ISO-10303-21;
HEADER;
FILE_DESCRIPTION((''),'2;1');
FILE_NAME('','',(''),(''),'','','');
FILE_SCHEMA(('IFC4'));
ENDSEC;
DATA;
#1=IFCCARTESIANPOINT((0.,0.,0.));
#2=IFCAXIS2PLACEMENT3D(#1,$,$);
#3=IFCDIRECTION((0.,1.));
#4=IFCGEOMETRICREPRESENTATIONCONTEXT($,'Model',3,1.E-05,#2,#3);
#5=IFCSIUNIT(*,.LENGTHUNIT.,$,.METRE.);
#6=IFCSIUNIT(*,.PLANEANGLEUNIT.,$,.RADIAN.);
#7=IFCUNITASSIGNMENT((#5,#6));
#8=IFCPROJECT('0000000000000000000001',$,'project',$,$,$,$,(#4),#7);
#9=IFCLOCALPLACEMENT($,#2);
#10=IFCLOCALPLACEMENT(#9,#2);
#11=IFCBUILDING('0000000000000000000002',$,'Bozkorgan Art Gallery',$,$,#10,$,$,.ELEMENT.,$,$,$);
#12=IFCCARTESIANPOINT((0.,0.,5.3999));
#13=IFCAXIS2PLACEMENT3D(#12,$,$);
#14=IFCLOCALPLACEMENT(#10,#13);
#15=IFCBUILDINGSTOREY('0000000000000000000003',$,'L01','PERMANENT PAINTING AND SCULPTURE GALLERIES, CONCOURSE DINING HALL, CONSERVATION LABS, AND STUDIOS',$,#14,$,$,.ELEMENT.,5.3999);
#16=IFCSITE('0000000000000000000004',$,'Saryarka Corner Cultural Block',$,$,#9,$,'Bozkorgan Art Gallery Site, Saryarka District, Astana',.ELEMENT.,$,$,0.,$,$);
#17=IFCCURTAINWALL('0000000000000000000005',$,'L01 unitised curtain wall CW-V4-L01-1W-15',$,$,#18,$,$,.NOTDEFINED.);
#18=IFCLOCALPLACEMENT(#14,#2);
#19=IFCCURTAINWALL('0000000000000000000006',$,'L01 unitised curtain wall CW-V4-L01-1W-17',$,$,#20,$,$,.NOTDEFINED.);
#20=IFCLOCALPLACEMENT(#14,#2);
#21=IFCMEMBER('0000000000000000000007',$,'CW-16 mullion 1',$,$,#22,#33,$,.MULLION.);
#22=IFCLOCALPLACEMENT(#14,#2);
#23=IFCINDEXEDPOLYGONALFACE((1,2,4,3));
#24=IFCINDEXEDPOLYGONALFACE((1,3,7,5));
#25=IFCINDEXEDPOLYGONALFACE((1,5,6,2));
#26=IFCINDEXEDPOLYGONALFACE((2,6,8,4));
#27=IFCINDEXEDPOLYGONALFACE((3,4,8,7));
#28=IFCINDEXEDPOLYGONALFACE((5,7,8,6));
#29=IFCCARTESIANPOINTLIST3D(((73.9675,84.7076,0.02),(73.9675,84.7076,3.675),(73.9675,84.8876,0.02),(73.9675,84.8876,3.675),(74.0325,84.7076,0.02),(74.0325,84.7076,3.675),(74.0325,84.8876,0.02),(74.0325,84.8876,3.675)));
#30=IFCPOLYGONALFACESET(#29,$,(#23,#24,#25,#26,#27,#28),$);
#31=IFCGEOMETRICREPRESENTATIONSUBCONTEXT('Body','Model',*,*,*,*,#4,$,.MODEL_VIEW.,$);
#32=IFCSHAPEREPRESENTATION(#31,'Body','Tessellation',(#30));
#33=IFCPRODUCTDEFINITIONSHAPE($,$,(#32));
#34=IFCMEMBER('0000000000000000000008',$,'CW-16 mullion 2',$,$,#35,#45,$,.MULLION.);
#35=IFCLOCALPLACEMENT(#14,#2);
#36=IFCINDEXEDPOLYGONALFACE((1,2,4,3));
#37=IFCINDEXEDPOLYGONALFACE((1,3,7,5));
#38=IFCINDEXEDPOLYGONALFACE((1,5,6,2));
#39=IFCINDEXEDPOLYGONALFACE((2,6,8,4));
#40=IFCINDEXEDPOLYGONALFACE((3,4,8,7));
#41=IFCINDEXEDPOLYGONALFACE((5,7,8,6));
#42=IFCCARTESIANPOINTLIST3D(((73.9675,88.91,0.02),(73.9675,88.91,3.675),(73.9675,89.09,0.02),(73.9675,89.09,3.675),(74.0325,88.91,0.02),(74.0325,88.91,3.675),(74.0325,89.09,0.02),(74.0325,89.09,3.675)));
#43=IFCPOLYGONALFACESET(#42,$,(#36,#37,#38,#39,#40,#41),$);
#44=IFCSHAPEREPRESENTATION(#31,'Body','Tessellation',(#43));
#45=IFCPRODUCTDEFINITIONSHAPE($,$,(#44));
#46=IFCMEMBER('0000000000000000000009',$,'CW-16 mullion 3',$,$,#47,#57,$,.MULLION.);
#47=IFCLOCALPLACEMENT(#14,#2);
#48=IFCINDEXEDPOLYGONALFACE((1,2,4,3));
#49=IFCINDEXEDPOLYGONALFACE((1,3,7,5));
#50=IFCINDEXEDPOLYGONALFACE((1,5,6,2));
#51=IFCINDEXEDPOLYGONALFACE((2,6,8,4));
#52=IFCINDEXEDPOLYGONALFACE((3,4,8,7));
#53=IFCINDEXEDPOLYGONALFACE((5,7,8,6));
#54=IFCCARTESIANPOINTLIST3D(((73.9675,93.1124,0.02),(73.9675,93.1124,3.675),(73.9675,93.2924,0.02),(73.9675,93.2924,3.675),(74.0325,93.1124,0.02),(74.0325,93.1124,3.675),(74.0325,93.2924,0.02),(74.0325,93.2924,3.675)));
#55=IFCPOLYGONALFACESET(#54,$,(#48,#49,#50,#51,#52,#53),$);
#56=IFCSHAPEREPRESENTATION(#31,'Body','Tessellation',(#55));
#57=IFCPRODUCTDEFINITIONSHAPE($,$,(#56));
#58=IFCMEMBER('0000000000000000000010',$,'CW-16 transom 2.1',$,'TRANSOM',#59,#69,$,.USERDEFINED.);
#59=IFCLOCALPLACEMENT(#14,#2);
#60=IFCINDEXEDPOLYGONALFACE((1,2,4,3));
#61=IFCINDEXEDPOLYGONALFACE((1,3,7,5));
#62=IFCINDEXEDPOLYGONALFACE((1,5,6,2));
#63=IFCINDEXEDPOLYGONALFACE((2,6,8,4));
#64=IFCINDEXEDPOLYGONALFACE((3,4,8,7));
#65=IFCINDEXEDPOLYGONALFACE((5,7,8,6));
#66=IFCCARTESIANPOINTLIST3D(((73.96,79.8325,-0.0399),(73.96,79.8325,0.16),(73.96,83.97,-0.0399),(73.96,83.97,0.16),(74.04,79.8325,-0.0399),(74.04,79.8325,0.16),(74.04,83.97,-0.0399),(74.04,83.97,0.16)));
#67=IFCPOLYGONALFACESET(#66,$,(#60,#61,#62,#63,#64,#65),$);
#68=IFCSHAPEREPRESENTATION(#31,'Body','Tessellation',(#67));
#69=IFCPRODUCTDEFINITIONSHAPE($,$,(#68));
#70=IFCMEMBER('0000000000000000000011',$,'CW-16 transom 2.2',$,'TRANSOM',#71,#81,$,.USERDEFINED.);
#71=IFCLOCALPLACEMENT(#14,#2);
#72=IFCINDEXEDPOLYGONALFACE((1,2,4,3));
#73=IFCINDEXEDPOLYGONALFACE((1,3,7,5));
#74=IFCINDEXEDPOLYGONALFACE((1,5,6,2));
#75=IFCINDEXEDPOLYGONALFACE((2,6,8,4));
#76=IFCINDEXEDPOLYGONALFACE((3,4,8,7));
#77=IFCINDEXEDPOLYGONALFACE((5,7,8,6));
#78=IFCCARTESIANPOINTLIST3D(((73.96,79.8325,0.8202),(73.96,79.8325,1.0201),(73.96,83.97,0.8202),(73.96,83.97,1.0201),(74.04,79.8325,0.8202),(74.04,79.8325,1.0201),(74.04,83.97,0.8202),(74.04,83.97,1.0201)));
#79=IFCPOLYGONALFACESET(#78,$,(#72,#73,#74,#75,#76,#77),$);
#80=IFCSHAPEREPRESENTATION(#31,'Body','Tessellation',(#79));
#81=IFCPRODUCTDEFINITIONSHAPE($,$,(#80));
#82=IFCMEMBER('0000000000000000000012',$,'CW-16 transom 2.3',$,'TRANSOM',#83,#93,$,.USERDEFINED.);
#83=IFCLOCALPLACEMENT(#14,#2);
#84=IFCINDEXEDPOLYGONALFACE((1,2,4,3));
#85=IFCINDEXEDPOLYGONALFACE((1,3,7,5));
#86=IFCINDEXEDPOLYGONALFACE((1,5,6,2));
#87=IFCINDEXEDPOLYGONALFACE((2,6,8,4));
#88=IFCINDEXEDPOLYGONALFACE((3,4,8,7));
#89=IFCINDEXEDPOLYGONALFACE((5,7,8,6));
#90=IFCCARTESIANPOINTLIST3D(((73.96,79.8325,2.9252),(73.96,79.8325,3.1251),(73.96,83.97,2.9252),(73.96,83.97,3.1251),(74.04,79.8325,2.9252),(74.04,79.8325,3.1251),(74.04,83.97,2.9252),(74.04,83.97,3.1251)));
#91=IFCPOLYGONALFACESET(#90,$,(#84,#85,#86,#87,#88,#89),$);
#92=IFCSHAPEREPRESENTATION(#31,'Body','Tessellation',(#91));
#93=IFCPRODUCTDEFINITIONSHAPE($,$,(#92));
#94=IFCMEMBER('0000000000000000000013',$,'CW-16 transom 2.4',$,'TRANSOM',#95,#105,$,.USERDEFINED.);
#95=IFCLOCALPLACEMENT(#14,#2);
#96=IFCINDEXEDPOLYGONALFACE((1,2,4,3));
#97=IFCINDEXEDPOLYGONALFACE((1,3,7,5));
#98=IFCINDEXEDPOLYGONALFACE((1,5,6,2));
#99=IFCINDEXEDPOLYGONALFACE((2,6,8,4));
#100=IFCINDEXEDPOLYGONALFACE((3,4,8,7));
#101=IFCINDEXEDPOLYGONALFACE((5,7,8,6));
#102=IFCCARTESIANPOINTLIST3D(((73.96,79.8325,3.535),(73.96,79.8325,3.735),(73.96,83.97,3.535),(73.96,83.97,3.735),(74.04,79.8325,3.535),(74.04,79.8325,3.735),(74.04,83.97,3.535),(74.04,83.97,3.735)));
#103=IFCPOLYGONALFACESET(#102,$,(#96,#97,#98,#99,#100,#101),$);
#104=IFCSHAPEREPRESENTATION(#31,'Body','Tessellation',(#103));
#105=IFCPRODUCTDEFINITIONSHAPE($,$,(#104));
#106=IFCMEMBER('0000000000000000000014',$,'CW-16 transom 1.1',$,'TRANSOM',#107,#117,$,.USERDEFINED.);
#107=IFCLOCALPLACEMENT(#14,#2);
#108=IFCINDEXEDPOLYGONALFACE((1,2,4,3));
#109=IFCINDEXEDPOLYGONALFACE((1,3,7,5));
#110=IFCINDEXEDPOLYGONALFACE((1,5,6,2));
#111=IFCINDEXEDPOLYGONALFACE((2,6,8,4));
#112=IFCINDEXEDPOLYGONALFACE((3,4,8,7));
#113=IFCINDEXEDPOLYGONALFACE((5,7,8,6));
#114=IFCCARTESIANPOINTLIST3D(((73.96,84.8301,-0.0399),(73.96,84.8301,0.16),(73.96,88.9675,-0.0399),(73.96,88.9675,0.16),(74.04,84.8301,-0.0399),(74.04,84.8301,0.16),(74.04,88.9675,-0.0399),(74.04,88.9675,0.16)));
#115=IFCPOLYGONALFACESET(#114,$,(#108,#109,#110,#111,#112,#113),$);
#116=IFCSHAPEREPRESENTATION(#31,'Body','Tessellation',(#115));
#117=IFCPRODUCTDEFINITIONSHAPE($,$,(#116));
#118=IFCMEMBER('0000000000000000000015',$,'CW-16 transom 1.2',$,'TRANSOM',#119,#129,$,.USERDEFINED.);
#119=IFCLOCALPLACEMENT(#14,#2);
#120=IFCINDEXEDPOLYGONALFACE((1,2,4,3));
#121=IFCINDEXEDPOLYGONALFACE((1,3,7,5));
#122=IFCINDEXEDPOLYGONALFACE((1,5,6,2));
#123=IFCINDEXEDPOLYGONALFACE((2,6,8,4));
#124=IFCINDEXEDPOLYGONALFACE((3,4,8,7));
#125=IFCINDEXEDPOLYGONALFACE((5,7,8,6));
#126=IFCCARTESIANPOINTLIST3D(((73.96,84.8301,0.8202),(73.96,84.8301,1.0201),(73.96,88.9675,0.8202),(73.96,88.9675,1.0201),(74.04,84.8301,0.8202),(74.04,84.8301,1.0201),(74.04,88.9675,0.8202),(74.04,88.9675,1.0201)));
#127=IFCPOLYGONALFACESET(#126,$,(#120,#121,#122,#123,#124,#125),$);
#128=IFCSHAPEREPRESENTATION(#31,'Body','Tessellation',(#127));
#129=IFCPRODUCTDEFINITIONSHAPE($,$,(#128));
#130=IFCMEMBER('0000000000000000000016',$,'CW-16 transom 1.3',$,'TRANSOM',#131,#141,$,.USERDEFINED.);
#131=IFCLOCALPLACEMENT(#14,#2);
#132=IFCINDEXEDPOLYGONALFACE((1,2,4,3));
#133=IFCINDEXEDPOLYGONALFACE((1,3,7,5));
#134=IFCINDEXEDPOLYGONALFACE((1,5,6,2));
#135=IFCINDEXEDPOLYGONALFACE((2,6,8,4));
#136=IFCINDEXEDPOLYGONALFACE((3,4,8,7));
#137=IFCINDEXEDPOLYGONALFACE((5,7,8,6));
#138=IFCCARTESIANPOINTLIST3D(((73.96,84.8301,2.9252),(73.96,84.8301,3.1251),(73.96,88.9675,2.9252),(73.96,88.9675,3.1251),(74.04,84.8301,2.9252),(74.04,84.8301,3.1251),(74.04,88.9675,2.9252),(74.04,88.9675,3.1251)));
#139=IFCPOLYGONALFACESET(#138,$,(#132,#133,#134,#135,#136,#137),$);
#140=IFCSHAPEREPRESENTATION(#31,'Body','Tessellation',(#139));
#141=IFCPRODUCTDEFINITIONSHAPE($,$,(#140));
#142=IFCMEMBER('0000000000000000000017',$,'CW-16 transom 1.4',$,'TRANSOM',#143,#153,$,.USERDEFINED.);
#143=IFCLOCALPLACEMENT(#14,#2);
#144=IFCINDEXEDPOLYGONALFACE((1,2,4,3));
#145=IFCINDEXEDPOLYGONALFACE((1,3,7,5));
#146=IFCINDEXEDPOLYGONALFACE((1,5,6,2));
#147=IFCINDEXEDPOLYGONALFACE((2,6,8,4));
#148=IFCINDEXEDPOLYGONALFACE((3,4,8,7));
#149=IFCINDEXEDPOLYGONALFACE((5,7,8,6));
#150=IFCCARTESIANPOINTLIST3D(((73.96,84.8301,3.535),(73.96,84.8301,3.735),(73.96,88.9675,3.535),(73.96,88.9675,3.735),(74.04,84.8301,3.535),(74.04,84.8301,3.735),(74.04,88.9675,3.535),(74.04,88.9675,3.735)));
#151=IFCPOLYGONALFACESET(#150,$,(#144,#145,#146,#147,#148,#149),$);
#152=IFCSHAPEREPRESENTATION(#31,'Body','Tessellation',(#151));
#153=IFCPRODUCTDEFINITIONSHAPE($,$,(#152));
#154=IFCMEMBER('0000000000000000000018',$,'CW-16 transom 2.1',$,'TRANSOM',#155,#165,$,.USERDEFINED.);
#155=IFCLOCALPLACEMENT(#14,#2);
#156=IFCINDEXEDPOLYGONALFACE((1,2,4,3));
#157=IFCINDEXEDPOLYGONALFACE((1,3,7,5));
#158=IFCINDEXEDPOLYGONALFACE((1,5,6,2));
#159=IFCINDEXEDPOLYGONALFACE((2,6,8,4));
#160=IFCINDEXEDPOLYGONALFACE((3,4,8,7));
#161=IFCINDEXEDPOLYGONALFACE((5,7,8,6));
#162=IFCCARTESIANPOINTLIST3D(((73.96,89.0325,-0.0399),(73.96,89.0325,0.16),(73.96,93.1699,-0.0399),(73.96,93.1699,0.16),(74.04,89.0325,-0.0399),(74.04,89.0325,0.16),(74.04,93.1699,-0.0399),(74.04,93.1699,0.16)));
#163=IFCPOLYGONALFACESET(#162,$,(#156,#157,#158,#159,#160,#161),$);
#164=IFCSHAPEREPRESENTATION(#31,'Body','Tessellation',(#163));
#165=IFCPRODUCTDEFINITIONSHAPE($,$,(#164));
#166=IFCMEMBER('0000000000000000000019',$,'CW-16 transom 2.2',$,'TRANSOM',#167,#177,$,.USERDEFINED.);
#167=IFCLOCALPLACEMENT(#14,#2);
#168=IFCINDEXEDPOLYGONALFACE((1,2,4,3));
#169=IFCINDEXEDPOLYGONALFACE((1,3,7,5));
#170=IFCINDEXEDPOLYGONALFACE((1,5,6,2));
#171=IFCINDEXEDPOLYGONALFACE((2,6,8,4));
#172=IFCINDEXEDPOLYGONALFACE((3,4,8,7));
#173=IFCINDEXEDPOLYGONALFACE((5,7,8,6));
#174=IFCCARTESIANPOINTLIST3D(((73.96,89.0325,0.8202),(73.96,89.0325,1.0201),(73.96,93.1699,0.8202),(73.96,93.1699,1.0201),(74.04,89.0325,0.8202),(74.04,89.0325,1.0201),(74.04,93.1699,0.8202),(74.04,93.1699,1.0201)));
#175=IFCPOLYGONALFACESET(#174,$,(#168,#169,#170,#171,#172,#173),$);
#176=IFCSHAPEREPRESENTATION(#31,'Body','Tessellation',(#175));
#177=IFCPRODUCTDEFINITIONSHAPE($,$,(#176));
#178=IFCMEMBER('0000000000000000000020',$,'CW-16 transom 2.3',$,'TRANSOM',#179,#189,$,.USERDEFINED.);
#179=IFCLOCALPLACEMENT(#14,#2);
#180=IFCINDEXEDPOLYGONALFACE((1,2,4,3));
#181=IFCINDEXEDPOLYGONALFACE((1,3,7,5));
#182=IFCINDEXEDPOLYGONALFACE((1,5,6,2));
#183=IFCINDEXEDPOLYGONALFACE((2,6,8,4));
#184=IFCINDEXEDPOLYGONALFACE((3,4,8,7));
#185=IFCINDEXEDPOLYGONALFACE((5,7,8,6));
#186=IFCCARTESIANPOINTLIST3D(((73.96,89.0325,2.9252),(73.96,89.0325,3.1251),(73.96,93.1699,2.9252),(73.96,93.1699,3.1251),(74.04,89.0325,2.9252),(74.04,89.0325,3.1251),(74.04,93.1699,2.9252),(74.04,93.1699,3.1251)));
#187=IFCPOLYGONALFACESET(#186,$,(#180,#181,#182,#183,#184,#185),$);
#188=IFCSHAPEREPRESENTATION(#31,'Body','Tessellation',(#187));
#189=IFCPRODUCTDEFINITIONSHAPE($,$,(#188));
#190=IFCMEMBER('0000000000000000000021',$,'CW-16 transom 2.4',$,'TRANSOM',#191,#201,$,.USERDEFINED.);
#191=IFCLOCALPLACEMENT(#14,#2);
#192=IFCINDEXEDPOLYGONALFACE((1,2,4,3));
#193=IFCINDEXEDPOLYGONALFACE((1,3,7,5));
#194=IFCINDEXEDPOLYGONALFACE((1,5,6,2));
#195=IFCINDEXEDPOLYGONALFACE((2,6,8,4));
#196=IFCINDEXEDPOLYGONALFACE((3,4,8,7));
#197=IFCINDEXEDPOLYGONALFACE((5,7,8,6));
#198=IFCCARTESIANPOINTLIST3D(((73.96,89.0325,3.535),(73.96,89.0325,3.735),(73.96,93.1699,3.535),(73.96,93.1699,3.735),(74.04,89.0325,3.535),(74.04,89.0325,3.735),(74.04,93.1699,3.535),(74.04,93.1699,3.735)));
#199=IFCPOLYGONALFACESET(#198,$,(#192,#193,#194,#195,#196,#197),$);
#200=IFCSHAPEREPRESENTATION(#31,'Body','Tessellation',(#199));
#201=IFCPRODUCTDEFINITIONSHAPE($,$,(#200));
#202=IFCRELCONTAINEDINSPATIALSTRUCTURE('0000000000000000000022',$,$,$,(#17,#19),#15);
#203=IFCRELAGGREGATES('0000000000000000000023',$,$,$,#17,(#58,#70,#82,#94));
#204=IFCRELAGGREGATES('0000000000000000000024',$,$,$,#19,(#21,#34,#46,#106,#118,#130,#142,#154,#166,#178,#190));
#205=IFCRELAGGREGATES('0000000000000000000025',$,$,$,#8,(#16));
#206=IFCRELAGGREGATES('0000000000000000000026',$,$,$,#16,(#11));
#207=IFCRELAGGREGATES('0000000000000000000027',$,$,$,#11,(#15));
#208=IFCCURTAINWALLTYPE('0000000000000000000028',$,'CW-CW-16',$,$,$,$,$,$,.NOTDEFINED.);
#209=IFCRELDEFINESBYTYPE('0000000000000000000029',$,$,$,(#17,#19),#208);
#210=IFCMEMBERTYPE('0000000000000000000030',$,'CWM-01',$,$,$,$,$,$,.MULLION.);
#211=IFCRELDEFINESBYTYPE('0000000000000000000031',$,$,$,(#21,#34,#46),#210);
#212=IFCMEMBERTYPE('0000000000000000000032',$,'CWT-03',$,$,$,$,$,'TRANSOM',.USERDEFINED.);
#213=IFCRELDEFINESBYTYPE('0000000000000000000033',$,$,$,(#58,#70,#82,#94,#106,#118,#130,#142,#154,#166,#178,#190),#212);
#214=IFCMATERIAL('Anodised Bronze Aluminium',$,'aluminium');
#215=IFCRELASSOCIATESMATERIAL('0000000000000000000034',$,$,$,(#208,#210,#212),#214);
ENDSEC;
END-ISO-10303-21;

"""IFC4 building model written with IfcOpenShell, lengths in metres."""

from ifc_helpers import new_model, si_unit, direction, frame, origin, origin_2d, place, context, subcontext, project, spatial, rectangle, extrude, material, material_profile, profile_set, type_object, element, aggregate, save


model = new_model("IFC4")

# Units and contexts
model_context = context("Model", 3, precision=1e-05, world=origin(), true_north=direction((0.0, 1.0)))
body_context = subcontext(model_context, "Body", "Model", "MODEL_VIEW")
ifc_project = project(units=[si_unit("LENGTHUNIT", "METRE"), si_unit("PLANEANGLEUNIT", "RADIAN")], contexts=[model_context])

# Site, building, storey
site_placement = place(None, origin())
site = spatial("IfcSite", under=ifc_project, at=site_placement, Name="Saryarka Corner Cultural Block", LongName="Bozkorgan Art Gallery Site, Saryarka District, Astana", CompositionType="ELEMENT", RefElevation=0.0)
building_placement = place(site_placement, origin())
building = spatial("IfcBuilding", under=site, at=building_placement, Name="Bozkorgan Art Gallery", CompositionType="ELEMENT")
storey_placement = place(building_placement, frame((0.0, 0.0, 5.3999)))
storey = spatial("IfcBuildingStorey", under=building, at=storey_placement, Name="L01", Description="PERMANENT PAINTING AND SCULPTURE GALLERIES, CONCOURSE DINING HALL, CONSERVATION LABS, AND STUDIOS", CompositionType="ELEMENT", Elevation=5.3999)

# Curtain walls, members
ifc_material_1 = material(Name="Anodised Bronze Aluminium", Category="aluminium")
curtain_wall_type = type_object("IfcCurtainWallType", Name="CW-CW-16", PredefinedType="NOTDEFINED", material=ifc_material_1)
curtain_wall_1_placement = place(storey_placement, origin())
curtain_wall_1 = element("IfcCurtainWall", 1, at=curtain_wall_1_placement, inside=storey, type_object=curtain_wall_type, Name="L01 unitised curtain wall CW-V4-L01-1W-15", PredefinedType="NOTDEFINED")
ifc_material_profile_1 = material_profile(ifc_material_1, rectangle(XDim=0.0649, YDim=0.1799, at=origin_2d()), Name="ALU MULLION 65x180")
ifc_profile_set_1 = profile_set([ifc_material_profile_1], Name="Anodised Bronze Aluminium")
member_type_1 = type_object("IfcMemberType", Name="CWM-01", PredefinedType="MULLION", material=ifc_profile_set_1)
curtain_wall_2_placement = place(storey_placement, origin())
curtain_wall_2 = element("IfcCurtainWall", 2, at=curtain_wall_2_placement, inside=storey, type_object=curtain_wall_type, Name="L01 unitised curtain wall CW-V4-L01-1W-17", PredefinedType="NOTDEFINED")
member_1_placement = place(storey_placement, frame((74.0, 84.7976, 0.02), z_axis=(0.0, 0.0, 1.0), x_axis=(-1.0, 0.0, 0.0)))
member_1 = element("IfcMember", 3, at=member_1_placement, type_object=member_type_1, Name="CW-16 mullion 1", PredefinedType="MULLION", context=body_context, shape_type="SweptSolid", body=[
    extrude(rectangle(XDim=0.0649, YDim=0.1799, at=origin_2d()), origin(), (0.0, 0.0, 1.0), 3.655),
])
member_2_placement = place(storey_placement, frame((74.0, 89.0, 0.02), z_axis=(0.0, 0.0, 1.0), x_axis=(-1.0, 0.0, 0.0)))
member_2 = element("IfcMember", 4, at=member_2_placement, type_object=member_type_1, Name="CW-16 mullion 2", PredefinedType="MULLION", context=body_context, shape_type="SweptSolid", body=[
    extrude(rectangle(XDim=0.0649, YDim=0.1799, at=origin_2d()), origin(), (0.0, 0.0, 1.0), 3.655),
])
member_3_placement = place(storey_placement, frame((74.0, 93.2024, 0.02), z_axis=(0.0, 0.0, 1.0), x_axis=(-1.0, 0.0, 0.0)))
member_3 = element("IfcMember", 5, at=member_3_placement, type_object=member_type_1, Name="CW-16 mullion 3", PredefinedType="MULLION", context=body_context, shape_type="SweptSolid", body=[
    extrude(rectangle(XDim=0.0649, YDim=0.1799, at=origin_2d()), origin(), (0.0, 0.0, 1.0), 3.655),
])

# Members
ifc_material_profile_2 = material_profile(ifc_material_1, rectangle(XDim=0.0801, YDim=0.2, at=origin_2d()), Name="ALU TRANSOM 80x200")
ifc_profile_set_2 = profile_set([ifc_material_profile_2], Name="Anodised Bronze Aluminium")
member_type_2 = type_object("IfcMemberType", Name="CWT-03", ElementType="TRANSOM", PredefinedType="USERDEFINED", material=ifc_profile_set_2)
member_4_placement = place(storey_placement, frame((74.0, 79.8325, 0.0601), z_axis=(0.0, 1.0, 0.0), x_axis=(-1.0, 0.0, 0.0)))
member_4 = element("IfcMember", 6, at=member_4_placement, type_object=member_type_2, Name="CW-16 transom 2.1", ObjectType="TRANSOM", PredefinedType="USERDEFINED", context=body_context, shape_type="SweptSolid", body=[
    extrude(rectangle(XDim=0.0801, YDim=0.2, at=origin_2d()), origin(), (0.0, 0.0, 1.0), 4.1375),
])
member_5_placement = place(storey_placement, frame((74.0, 79.8325, 0.9202), z_axis=(0.0, 1.0, 0.0), x_axis=(-1.0, 0.0, 0.0)))
member_5 = element("IfcMember", 7, at=member_5_placement, type_object=member_type_2, Name="CW-16 transom 2.2", ObjectType="TRANSOM", PredefinedType="USERDEFINED", context=body_context, shape_type="SweptSolid", body=[
    extrude(rectangle(XDim=0.0801, YDim=0.2, at=origin_2d()), origin(), (0.0, 0.0, 1.0), 4.1375),
])
member_6_placement = place(storey_placement, frame((74.0, 79.8325, 3.0251), z_axis=(0.0, 1.0, 0.0), x_axis=(-1.0, 0.0, 0.0)))
member_6 = element("IfcMember", 8, at=member_6_placement, type_object=member_type_2, Name="CW-16 transom 2.3", ObjectType="TRANSOM", PredefinedType="USERDEFINED", context=body_context, shape_type="SweptSolid", body=[
    extrude(rectangle(XDim=0.0801, YDim=0.2, at=origin_2d()), origin(), (0.0, 0.0, 1.0), 4.1375),
])
member_7_placement = place(storey_placement, frame((74.0, 79.8325, 3.635), z_axis=(0.0, 1.0, 0.0), x_axis=(-1.0, 0.0, 0.0)))
member_7 = element("IfcMember", 9, at=member_7_placement, type_object=member_type_2, Name="CW-16 transom 2.4", ObjectType="TRANSOM", PredefinedType="USERDEFINED", context=body_context, shape_type="SweptSolid", body=[
    extrude(rectangle(XDim=0.0801, YDim=0.2, at=origin_2d()), origin(), (0.0, 0.0, 1.0), 4.1375),
])
member_8_placement = place(storey_placement, frame((74.0, 84.8301, 0.0601), z_axis=(0.0, 1.0, 0.0), x_axis=(-1.0, 0.0, 0.0)))
member_8 = element("IfcMember", 10, at=member_8_placement, type_object=member_type_2, Name="CW-16 transom 1.1", ObjectType="TRANSOM", PredefinedType="USERDEFINED", context=body_context, shape_type="SweptSolid", body=[
    extrude(rectangle(XDim=0.0801, YDim=0.2, at=origin_2d()), origin(), (0.0, 0.0, 1.0), 4.1375),
])
member_9_placement = place(storey_placement, frame((74.0, 84.8301, 0.9202), z_axis=(0.0, 1.0, 0.0), x_axis=(-1.0, 0.0, 0.0)))
member_9 = element("IfcMember", 11, at=member_9_placement, type_object=member_type_2, Name="CW-16 transom 1.2", ObjectType="TRANSOM", PredefinedType="USERDEFINED", context=body_context, shape_type="SweptSolid", body=[
    extrude(rectangle(XDim=0.0801, YDim=0.2, at=origin_2d()), origin(), (0.0, 0.0, 1.0), 4.1375),
])
member_10_placement = place(storey_placement, frame((74.0, 84.8301, 3.0251), z_axis=(0.0, 1.0, 0.0), x_axis=(-1.0, 0.0, 0.0)))
member_10 = element("IfcMember", 12, at=member_10_placement, type_object=member_type_2, Name="CW-16 transom 1.3", ObjectType="TRANSOM", PredefinedType="USERDEFINED", context=body_context, shape_type="SweptSolid", body=[
    extrude(rectangle(XDim=0.0801, YDim=0.2, at=origin_2d()), origin(), (0.0, 0.0, 1.0), 4.1375),
])
member_11_placement = place(storey_placement, frame((74.0, 84.8301, 3.635), z_axis=(0.0, 1.0, 0.0), x_axis=(-1.0, 0.0, 0.0)))
member_11 = element("IfcMember", 13, at=member_11_placement, type_object=member_type_2, Name="CW-16 transom 1.4", ObjectType="TRANSOM", PredefinedType="USERDEFINED", context=body_context, shape_type="SweptSolid", body=[
    extrude(rectangle(XDim=0.0801, YDim=0.2, at=origin_2d()), origin(), (0.0, 0.0, 1.0), 4.1375),
])
member_12_placement = place(storey_placement, frame((74.0, 89.0325, 0.0601), z_axis=(0.0, 1.0, 0.0), x_axis=(-1.0, 0.0, 0.0)))
member_12 = element("IfcMember", 14, at=member_12_placement, type_object=member_type_2, Name="CW-16 transom 2.1", ObjectType="TRANSOM", PredefinedType="USERDEFINED", context=body_context, shape_type="SweptSolid", body=[
    extrude(rectangle(XDim=0.0801, YDim=0.2, at=origin_2d()), origin(), (0.0, 0.0, 1.0), 4.1375),
])
member_13_placement = place(storey_placement, frame((74.0, 89.0325, 0.9202), z_axis=(0.0, 1.0, 0.0), x_axis=(-1.0, 0.0, 0.0)))
member_13 = element("IfcMember", 15, at=member_13_placement, type_object=member_type_2, Name="CW-16 transom 2.2", ObjectType="TRANSOM", PredefinedType="USERDEFINED", context=body_context, shape_type="SweptSolid", body=[
    extrude(rectangle(XDim=0.0801, YDim=0.2, at=origin_2d()), origin(), (0.0, 0.0, 1.0), 4.1375),
])
member_14_placement = place(storey_placement, frame((74.0, 89.0325, 3.0251), z_axis=(0.0, 1.0, 0.0), x_axis=(-1.0, 0.0, 0.0)))
member_14 = element("IfcMember", 16, at=member_14_placement, type_object=member_type_2, Name="CW-16 transom 2.3", ObjectType="TRANSOM", PredefinedType="USERDEFINED", context=body_context, shape_type="SweptSolid", body=[
    extrude(rectangle(XDim=0.0801, YDim=0.2, at=origin_2d()), origin(), (0.0, 0.0, 1.0), 4.1375),
])
member_15_placement = place(storey_placement, frame((74.0, 89.0325, 3.635), z_axis=(0.0, 1.0, 0.0), x_axis=(-1.0, 0.0, 0.0)))
member_15 = element("IfcMember", 17, at=member_15_placement, type_object=member_type_2, Name="CW-16 transom 2.4", ObjectType="TRANSOM", PredefinedType="USERDEFINED", context=body_context, shape_type="SweptSolid", body=[
    extrude(rectangle(XDim=0.0801, YDim=0.2, at=origin_2d()), origin(), (0.0, 0.0, 1.0), 4.1375),
])

aggregate(curtain_wall_1, [member_4, member_5, member_6, member_7])
aggregate(curtain_wall_2, [member_1, member_2, member_3, member_8, member_9, member_10, member_11, member_12, member_13, member_14, member_15])

save(model, "model.ifc")
